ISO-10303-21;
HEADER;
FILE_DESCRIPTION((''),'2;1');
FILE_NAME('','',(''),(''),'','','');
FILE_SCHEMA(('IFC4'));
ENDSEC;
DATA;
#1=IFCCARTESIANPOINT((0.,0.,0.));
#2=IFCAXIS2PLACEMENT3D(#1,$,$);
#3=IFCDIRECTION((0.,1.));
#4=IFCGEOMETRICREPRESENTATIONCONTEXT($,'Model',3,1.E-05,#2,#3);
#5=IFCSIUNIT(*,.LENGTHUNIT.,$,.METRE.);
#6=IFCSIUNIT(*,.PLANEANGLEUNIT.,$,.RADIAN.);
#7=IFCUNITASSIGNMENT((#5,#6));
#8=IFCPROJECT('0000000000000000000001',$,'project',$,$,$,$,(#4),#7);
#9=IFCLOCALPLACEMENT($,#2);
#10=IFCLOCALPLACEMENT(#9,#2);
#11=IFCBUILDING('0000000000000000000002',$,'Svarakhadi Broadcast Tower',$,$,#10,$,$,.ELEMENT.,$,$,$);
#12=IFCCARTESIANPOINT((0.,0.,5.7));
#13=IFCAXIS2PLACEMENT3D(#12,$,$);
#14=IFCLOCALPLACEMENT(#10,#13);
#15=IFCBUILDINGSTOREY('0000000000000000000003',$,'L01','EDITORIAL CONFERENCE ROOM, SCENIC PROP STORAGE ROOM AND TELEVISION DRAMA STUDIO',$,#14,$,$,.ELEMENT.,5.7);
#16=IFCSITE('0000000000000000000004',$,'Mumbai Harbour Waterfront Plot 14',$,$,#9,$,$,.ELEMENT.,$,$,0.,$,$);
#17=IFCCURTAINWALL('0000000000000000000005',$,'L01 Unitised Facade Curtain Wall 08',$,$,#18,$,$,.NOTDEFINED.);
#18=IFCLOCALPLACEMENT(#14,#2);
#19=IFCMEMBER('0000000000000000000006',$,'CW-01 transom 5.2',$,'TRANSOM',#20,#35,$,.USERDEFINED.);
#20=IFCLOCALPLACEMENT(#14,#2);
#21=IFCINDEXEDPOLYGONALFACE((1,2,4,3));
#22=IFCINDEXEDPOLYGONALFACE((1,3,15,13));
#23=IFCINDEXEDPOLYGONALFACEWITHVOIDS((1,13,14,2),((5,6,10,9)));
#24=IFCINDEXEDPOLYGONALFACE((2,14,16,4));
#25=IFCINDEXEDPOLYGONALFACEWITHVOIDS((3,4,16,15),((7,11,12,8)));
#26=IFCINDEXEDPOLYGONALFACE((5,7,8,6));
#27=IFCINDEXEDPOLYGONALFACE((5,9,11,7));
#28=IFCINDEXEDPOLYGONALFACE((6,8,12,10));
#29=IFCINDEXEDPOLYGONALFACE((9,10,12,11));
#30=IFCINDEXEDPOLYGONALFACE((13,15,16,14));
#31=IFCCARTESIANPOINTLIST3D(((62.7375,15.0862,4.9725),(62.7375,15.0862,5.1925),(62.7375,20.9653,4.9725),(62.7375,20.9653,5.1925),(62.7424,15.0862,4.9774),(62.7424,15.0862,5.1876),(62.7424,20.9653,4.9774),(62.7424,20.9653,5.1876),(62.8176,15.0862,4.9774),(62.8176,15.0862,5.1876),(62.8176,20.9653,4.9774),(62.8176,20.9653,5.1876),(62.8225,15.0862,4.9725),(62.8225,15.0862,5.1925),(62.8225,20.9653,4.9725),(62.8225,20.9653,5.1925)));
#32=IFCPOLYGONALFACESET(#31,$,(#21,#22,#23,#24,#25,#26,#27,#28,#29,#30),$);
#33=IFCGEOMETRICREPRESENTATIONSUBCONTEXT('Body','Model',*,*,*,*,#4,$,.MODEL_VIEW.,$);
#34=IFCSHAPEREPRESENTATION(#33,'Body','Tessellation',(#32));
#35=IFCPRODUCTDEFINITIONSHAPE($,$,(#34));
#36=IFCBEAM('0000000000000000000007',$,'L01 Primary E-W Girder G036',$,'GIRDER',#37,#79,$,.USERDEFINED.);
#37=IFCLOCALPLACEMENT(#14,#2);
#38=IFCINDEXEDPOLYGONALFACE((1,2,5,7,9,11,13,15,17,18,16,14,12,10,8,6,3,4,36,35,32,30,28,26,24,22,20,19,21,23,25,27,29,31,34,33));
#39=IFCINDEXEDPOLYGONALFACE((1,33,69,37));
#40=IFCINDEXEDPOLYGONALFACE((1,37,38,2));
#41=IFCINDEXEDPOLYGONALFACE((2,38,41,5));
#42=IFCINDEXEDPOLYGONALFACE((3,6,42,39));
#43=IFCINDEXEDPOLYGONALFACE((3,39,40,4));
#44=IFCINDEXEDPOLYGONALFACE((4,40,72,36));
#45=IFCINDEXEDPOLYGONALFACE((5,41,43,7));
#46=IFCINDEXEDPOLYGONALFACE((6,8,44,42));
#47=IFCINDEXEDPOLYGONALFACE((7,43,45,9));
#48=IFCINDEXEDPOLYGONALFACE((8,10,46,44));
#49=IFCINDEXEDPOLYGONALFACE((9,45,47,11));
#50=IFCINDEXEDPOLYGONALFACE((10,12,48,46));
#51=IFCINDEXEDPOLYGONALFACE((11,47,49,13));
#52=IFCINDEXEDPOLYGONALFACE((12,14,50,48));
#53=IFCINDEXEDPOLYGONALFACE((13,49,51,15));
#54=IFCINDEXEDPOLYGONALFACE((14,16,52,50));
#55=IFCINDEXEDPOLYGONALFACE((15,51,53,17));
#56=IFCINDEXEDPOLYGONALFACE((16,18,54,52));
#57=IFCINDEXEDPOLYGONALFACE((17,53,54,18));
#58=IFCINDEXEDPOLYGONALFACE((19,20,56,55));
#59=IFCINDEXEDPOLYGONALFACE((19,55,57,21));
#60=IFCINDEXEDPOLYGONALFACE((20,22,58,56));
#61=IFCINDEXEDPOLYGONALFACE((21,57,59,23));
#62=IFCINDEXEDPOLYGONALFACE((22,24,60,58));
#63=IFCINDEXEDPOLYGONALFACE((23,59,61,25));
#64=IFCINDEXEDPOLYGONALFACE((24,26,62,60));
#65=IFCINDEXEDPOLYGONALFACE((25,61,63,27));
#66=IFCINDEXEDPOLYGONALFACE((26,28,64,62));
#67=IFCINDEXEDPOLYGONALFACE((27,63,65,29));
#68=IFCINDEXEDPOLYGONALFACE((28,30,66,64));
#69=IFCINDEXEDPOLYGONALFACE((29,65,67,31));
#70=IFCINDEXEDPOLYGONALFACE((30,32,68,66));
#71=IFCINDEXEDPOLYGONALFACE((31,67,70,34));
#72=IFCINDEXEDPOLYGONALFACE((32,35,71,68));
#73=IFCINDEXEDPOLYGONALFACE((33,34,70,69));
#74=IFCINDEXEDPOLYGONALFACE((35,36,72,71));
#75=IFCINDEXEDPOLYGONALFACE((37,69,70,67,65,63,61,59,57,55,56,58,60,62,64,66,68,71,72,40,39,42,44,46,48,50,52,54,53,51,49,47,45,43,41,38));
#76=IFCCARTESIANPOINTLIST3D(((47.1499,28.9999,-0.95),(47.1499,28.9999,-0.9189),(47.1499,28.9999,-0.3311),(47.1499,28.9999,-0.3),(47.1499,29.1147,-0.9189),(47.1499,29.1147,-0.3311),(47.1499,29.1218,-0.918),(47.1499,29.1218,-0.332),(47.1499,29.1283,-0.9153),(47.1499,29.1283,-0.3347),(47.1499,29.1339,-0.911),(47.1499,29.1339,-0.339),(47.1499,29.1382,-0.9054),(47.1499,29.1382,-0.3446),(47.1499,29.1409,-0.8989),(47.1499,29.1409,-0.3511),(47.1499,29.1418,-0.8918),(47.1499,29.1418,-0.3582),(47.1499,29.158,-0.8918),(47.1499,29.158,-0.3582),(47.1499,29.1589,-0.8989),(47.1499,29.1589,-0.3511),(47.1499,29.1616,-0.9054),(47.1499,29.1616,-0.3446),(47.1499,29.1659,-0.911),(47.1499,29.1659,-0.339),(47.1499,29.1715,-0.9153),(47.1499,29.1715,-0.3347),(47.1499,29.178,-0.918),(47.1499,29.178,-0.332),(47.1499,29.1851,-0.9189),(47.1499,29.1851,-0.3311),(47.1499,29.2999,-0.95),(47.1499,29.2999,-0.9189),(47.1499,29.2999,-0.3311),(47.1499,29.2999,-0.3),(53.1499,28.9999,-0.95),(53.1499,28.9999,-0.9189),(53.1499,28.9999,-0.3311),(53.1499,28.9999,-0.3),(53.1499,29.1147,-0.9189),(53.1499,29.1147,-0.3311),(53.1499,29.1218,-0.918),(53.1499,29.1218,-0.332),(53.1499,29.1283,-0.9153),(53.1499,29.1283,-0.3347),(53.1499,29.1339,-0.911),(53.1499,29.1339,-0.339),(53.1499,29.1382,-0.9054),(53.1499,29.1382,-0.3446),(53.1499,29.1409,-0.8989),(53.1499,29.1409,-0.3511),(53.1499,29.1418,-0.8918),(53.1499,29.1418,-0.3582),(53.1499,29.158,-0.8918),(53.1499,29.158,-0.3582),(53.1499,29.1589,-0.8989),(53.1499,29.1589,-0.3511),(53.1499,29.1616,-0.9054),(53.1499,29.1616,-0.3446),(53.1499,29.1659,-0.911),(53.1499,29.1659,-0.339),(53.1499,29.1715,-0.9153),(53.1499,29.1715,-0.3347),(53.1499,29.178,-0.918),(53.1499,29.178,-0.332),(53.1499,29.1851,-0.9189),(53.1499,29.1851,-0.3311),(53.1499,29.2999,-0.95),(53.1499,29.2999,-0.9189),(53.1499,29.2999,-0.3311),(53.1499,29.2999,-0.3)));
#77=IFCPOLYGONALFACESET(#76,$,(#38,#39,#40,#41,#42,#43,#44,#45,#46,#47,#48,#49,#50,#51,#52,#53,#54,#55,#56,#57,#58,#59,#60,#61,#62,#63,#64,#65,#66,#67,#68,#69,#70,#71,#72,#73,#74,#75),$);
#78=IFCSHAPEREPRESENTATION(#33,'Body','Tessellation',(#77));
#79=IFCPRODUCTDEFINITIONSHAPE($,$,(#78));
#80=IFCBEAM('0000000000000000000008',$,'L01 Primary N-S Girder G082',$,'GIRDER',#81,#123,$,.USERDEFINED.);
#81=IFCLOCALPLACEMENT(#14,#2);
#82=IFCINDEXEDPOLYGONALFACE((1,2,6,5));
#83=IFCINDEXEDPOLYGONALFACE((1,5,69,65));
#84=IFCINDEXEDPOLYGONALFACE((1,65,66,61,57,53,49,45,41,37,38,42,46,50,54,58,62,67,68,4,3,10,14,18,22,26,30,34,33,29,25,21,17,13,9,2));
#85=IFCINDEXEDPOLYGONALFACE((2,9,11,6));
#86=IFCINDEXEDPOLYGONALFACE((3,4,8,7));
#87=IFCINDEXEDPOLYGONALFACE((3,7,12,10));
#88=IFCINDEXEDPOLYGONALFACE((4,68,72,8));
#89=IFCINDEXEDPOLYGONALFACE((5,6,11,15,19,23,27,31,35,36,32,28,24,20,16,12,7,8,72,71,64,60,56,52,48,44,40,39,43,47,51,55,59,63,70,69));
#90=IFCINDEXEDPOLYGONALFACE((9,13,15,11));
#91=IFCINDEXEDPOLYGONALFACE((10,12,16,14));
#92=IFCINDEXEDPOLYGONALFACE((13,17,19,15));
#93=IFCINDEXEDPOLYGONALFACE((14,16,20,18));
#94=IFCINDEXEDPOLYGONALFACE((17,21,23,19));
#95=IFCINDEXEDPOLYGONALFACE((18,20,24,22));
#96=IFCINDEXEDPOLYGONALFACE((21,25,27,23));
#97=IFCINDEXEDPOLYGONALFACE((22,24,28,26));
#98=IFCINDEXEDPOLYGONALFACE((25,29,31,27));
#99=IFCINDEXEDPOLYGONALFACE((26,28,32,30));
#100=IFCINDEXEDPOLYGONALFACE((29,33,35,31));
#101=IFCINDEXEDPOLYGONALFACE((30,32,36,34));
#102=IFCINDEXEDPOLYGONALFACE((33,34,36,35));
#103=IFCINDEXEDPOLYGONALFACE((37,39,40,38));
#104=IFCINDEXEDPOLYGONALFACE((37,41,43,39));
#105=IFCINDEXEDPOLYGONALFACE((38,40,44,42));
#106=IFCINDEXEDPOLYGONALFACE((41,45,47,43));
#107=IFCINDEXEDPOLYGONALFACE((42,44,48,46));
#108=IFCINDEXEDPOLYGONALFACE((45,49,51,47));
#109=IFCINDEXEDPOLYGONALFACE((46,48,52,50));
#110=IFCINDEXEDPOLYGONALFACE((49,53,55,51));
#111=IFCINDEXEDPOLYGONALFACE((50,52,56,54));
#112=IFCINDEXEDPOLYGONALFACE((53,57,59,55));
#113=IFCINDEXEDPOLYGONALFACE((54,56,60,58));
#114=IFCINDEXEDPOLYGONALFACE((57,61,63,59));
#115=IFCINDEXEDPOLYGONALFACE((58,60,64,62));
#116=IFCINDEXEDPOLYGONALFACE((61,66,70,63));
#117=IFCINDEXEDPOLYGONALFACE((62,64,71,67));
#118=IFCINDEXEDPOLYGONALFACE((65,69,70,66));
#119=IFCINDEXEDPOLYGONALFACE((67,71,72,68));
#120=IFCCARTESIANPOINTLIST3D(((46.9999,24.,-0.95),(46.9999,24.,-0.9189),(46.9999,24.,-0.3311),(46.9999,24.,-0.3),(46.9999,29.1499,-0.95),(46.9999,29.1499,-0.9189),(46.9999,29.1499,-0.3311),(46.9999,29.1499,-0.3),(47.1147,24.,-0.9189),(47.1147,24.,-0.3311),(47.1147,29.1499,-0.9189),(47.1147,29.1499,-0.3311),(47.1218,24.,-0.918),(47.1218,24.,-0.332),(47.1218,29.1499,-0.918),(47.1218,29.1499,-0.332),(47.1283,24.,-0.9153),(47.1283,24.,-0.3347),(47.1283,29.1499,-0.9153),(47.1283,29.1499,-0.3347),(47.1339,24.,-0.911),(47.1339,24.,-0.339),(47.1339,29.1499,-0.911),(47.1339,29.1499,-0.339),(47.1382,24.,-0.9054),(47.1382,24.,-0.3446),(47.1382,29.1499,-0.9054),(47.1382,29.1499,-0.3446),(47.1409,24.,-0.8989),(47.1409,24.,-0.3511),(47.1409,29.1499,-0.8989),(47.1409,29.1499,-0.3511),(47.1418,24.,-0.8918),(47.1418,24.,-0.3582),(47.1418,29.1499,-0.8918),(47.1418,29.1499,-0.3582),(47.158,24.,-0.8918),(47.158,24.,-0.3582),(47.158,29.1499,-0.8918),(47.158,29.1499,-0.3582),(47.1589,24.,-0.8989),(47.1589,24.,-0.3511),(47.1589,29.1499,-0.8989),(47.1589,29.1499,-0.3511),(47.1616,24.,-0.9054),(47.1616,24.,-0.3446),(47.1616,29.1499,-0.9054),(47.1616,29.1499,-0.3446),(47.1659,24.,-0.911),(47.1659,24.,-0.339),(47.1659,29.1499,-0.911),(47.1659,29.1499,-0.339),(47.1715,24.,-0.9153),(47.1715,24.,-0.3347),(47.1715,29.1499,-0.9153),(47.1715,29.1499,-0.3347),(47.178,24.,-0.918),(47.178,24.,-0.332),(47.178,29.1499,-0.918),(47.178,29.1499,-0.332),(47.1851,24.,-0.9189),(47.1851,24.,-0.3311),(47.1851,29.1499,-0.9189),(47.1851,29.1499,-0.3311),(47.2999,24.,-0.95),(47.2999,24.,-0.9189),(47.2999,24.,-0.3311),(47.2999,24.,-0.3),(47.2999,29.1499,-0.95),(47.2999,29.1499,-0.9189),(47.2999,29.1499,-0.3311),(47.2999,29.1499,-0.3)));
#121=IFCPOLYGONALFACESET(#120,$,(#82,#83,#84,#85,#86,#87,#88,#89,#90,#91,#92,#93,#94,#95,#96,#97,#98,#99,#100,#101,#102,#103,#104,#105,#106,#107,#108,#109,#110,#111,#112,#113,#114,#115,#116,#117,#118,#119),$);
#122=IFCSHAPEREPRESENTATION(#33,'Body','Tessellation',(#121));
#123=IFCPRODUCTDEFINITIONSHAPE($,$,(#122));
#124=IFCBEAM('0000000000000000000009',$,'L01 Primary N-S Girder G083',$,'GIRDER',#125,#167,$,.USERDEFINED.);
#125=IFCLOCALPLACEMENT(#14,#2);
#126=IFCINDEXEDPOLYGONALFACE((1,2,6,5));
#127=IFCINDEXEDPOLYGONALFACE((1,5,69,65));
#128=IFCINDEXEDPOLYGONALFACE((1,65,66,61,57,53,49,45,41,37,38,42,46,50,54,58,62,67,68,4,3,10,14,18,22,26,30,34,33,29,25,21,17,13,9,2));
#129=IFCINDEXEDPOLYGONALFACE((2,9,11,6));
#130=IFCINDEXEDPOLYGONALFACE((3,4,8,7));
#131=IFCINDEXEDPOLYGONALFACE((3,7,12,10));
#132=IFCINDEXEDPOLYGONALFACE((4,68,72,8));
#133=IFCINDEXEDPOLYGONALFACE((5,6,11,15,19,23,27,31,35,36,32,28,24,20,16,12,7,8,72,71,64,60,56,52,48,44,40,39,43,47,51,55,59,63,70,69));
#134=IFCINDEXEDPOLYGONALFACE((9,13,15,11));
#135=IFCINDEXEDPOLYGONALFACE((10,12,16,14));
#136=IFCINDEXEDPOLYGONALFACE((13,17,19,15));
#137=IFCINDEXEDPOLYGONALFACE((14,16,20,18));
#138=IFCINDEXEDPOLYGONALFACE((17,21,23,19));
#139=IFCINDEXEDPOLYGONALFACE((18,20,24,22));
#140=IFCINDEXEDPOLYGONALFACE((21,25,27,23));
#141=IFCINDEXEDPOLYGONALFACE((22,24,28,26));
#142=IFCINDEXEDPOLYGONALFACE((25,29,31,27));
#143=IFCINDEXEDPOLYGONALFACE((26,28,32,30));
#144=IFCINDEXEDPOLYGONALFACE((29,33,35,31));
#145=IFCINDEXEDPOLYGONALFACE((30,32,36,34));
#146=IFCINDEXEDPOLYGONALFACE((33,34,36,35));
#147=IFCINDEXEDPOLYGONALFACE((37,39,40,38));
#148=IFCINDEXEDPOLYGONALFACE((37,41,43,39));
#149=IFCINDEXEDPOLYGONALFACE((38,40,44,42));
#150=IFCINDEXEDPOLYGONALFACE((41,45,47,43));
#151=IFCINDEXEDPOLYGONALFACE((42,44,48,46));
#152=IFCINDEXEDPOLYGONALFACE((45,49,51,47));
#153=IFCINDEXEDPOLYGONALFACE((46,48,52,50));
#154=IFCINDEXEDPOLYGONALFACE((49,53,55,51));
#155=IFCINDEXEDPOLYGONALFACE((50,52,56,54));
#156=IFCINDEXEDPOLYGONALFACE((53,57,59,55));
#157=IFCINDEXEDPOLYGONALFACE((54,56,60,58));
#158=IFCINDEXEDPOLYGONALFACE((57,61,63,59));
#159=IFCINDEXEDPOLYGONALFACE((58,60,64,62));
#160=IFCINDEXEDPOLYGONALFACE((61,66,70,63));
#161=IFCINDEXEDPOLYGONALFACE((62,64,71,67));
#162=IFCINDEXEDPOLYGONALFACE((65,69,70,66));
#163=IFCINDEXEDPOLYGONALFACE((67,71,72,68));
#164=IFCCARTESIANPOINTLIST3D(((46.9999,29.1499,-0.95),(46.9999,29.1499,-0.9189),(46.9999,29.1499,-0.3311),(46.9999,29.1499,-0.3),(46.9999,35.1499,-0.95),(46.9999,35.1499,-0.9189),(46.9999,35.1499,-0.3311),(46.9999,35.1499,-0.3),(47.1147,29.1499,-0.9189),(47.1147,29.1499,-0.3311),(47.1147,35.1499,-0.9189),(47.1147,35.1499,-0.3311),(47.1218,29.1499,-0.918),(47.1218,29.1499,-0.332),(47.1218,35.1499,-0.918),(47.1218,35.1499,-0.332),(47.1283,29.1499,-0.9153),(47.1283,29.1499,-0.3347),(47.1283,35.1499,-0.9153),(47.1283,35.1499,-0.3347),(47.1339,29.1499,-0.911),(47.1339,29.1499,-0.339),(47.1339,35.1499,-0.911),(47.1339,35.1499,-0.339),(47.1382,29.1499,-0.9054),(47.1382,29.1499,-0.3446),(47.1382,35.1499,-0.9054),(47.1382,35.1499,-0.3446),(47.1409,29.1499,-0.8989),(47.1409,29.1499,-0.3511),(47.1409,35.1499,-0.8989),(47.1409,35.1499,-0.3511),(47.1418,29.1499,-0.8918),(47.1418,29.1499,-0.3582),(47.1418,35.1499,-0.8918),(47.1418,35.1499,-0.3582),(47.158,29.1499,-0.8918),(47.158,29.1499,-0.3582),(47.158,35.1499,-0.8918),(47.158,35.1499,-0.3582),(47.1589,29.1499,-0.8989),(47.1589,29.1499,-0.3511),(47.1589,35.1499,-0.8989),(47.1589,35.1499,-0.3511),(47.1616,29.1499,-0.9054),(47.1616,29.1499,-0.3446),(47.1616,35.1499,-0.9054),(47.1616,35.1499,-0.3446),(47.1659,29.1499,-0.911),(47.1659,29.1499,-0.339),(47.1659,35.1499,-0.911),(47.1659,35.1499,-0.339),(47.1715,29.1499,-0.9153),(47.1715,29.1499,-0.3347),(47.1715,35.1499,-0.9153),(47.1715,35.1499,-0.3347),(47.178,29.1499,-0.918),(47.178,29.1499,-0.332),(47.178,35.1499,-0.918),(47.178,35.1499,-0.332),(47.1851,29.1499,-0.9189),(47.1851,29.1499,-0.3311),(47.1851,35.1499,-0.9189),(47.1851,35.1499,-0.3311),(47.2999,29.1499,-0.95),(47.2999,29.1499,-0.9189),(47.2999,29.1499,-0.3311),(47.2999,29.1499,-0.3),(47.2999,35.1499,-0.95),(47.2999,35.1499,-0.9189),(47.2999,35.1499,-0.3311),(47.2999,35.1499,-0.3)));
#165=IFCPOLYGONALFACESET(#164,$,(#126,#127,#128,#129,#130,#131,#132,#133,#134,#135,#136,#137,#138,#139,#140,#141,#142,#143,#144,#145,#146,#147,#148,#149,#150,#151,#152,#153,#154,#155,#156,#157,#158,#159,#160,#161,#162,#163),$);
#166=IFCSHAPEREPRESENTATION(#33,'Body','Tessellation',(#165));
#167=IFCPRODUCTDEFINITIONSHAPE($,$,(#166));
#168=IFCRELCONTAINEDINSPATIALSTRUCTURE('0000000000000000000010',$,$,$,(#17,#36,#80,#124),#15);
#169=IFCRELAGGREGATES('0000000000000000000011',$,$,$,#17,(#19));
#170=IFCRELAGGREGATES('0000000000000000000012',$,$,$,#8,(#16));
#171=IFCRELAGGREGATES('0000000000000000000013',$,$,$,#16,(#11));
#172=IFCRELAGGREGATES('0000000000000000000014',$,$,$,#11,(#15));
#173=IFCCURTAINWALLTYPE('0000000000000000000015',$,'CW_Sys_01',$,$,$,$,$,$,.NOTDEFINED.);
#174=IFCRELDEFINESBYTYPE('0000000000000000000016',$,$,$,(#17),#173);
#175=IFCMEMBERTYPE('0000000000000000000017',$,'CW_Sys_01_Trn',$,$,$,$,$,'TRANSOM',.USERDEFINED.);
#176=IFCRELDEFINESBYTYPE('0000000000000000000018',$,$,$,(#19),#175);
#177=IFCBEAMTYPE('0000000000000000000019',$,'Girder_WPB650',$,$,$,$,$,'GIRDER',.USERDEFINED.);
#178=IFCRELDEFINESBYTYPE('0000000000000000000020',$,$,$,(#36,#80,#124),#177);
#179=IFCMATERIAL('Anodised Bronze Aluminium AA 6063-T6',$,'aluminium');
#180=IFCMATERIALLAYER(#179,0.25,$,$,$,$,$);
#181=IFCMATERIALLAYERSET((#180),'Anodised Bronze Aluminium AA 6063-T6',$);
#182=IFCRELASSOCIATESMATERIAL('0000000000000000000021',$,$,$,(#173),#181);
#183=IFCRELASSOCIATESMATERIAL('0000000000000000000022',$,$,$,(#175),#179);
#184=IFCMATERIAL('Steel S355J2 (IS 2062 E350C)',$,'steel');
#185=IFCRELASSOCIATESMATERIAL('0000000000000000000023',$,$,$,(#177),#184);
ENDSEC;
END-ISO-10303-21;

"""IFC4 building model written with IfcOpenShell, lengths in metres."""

from ifc_helpers import new_model, si_unit, direction, frame, origin, origin_2d, place, context, subcontext, project, spatial, hollow_rectangle, i_section, extrude, material, layer, layer_set, material_profile, profile_set, type_object, element, aggregate, save


model = new_model("IFC4")

# Units and contexts
model_context = context("Model", 3, precision=1e-05, world=origin(), true_north=direction((0.0, 1.0)))
body_context = subcontext(model_context, "Body", "Model", "MODEL_VIEW")
ifc_project = project(units=[si_unit("LENGTHUNIT", "METRE"), si_unit("PLANEANGLEUNIT", "RADIAN")], contexts=[model_context])

# Site, building, storey
site_placement = place(None, origin())
site = spatial("IfcSite", under=ifc_project, at=site_placement, Name="Mumbai Harbour Waterfront Plot 14", CompositionType="ELEMENT", RefElevation=0.0)
building_placement = place(site_placement, origin())
building = spatial("IfcBuilding", under=site, at=building_placement, Name="Svarakhadi Broadcast Tower", CompositionType="ELEMENT")
storey_placement = place(building_placement, frame((0.0, 0.0, 5.7)))
storey = spatial("IfcBuildingStorey", under=building, at=storey_placement, Name="L01", Description="EDITORIAL CONFERENCE ROOM, SCENIC PROP STORAGE ROOM AND TELEVISION DRAMA STUDIO", CompositionType="ELEMENT", Elevation=5.7)

# Shared definitions
ifc_material_1 = material(Name="Steel S355J2 (IS 2062 E350C)", Category="steel")

# Curtain wall, member
ifc_material_2 = material(Name="Anodised Bronze Aluminium AA 6063-T6", Category="aluminium")
ifc_layer_1 = layer(ifc_material_2, 0.25)
ifc_layer_set_1 = layer_set([ifc_layer_1], Name="Anodised Bronze Aluminium AA 6063-T6")
curtain_wall_type = type_object("IfcCurtainWallType", Name="CW_Sys_01", PredefinedType="NOTDEFINED", material=ifc_layer_set_1)
curtain_wall_placement = place(storey_placement, origin())
curtain_wall = element("IfcCurtainWall", 1, at=curtain_wall_placement, inside=storey, type_object=curtain_wall_type, Name="L01 Unitised Facade Curtain Wall 08", PredefinedType="NOTDEFINED")
ifc_material_profile_1 = material_profile(ifc_material_2, hollow_rectangle(XDim=0.085, YDim=0.22, WallThickness=0.0049, at=origin_2d()), Name="ALU TRANSOM 220x85x5")
ifc_profile_set_1 = profile_set([ifc_material_profile_1], Name="Anodised Bronze Aluminium AA 6063-T6")
member_type_1 = type_object("IfcMemberType", Name="CW_Sys_01_Trn", ElementType="TRANSOM", PredefinedType="USERDEFINED", material=ifc_profile_set_1)
member_1_placement = place(storey_placement, frame((62.78, 20.9653, 5.0825), z_axis=(0.0, -1.0, 0.0), x_axis=(1.0, 0.0, 0.0)))
member_1 = element("IfcMember", 2, at=member_1_placement, type_object=member_type_1, Name="CW-01 transom 5.2", ObjectType="TRANSOM", PredefinedType="USERDEFINED", context=body_context, shape_type="SweptSolid", body=[
    extrude(hollow_rectangle(XDim=0.085, YDim=0.22, WallThickness=0.0049, at=origin_2d()), origin(), (0.0, 0.0, 1.0), 5.8792),
])

# Beams
ifc_material_profile_2 = material_profile(ifc_material_1, i_section(OverallWidth=0.3, OverallDepth=0.6499, WebThickness=0.0161, FlangeThickness=0.031, FilletRadius=0.0271, at=origin_2d()), Name="WPB 650x300x225")
ifc_profile_set_2 = profile_set([ifc_material_profile_2], Name="Steel S355J2 (IS 2062 E350C)")
beam_type_1 = type_object("IfcBeamType", Name="Girder_WPB650", ElementType="GIRDER", PredefinedType="USERDEFINED", material=ifc_profile_set_2)
beam_1_placement = place(storey_placement, frame((47.1499, 29.1499, -0.625), z_axis=(1.0, 0.0, 0.0), x_axis=(0.0, 1.0, 0.0)))
element("IfcBeam", 3, at=beam_1_placement, inside=storey, type_object=beam_type_1, Name="L01 Primary E-W Girder G036", ObjectType="GIRDER", PredefinedType="USERDEFINED", context=body_context, shape_type="SweptSolid", body=[
    extrude(i_section(OverallWidth=0.3, OverallDepth=0.6499, WebThickness=0.0161, FlangeThickness=0.031, FilletRadius=0.0271, at=origin_2d()), origin(), (0.0, 0.0, 1.0), 6.0),
])
beam_2_placement = place(storey_placement, frame((47.1499, 24.0, -0.625), z_axis=(0.0, 1.0, 0.0), x_axis=(-1.0, 0.0, 0.0)))
element("IfcBeam", 4, at=beam_2_placement, inside=storey, type_object=beam_type_1, Name="L01 Primary N-S Girder G082", ObjectType="GIRDER", PredefinedType="USERDEFINED", context=body_context, shape_type="SweptSolid", body=[
    extrude(i_section(OverallWidth=0.3, OverallDepth=0.6499, WebThickness=0.0161, FlangeThickness=0.031, FilletRadius=0.0271, at=origin_2d()), origin(), (0.0, 0.0, 1.0), 5.1499),
])
for number, where, z_axis, x_axis, name in (
    (5, (47.1499, 29.1499, -0.625), (0.0, 1.0, 0.0), (-1.0, 0.0, 0.0), "L01 Primary N-S Girder G083"),
):
    element("IfcBeam", number, at=place(storey_placement, frame(where, z_axis=z_axis, x_axis=x_axis)), inside=storey, type_object=beam_type_1, Name=name, ObjectType="GIRDER", PredefinedType="USERDEFINED", context=body_context, shape_type="SweptSolid", body=[
        extrude(i_section(OverallWidth=0.3, OverallDepth=0.6499, WebThickness=0.0161, FlangeThickness=0.031, FilletRadius=0.0271, at=origin_2d()), origin(), (0.0, 0.0, 1.0), 6.0),
    ])

aggregate(curtain_wall, [member_1])

save(model, "model.ifc")
